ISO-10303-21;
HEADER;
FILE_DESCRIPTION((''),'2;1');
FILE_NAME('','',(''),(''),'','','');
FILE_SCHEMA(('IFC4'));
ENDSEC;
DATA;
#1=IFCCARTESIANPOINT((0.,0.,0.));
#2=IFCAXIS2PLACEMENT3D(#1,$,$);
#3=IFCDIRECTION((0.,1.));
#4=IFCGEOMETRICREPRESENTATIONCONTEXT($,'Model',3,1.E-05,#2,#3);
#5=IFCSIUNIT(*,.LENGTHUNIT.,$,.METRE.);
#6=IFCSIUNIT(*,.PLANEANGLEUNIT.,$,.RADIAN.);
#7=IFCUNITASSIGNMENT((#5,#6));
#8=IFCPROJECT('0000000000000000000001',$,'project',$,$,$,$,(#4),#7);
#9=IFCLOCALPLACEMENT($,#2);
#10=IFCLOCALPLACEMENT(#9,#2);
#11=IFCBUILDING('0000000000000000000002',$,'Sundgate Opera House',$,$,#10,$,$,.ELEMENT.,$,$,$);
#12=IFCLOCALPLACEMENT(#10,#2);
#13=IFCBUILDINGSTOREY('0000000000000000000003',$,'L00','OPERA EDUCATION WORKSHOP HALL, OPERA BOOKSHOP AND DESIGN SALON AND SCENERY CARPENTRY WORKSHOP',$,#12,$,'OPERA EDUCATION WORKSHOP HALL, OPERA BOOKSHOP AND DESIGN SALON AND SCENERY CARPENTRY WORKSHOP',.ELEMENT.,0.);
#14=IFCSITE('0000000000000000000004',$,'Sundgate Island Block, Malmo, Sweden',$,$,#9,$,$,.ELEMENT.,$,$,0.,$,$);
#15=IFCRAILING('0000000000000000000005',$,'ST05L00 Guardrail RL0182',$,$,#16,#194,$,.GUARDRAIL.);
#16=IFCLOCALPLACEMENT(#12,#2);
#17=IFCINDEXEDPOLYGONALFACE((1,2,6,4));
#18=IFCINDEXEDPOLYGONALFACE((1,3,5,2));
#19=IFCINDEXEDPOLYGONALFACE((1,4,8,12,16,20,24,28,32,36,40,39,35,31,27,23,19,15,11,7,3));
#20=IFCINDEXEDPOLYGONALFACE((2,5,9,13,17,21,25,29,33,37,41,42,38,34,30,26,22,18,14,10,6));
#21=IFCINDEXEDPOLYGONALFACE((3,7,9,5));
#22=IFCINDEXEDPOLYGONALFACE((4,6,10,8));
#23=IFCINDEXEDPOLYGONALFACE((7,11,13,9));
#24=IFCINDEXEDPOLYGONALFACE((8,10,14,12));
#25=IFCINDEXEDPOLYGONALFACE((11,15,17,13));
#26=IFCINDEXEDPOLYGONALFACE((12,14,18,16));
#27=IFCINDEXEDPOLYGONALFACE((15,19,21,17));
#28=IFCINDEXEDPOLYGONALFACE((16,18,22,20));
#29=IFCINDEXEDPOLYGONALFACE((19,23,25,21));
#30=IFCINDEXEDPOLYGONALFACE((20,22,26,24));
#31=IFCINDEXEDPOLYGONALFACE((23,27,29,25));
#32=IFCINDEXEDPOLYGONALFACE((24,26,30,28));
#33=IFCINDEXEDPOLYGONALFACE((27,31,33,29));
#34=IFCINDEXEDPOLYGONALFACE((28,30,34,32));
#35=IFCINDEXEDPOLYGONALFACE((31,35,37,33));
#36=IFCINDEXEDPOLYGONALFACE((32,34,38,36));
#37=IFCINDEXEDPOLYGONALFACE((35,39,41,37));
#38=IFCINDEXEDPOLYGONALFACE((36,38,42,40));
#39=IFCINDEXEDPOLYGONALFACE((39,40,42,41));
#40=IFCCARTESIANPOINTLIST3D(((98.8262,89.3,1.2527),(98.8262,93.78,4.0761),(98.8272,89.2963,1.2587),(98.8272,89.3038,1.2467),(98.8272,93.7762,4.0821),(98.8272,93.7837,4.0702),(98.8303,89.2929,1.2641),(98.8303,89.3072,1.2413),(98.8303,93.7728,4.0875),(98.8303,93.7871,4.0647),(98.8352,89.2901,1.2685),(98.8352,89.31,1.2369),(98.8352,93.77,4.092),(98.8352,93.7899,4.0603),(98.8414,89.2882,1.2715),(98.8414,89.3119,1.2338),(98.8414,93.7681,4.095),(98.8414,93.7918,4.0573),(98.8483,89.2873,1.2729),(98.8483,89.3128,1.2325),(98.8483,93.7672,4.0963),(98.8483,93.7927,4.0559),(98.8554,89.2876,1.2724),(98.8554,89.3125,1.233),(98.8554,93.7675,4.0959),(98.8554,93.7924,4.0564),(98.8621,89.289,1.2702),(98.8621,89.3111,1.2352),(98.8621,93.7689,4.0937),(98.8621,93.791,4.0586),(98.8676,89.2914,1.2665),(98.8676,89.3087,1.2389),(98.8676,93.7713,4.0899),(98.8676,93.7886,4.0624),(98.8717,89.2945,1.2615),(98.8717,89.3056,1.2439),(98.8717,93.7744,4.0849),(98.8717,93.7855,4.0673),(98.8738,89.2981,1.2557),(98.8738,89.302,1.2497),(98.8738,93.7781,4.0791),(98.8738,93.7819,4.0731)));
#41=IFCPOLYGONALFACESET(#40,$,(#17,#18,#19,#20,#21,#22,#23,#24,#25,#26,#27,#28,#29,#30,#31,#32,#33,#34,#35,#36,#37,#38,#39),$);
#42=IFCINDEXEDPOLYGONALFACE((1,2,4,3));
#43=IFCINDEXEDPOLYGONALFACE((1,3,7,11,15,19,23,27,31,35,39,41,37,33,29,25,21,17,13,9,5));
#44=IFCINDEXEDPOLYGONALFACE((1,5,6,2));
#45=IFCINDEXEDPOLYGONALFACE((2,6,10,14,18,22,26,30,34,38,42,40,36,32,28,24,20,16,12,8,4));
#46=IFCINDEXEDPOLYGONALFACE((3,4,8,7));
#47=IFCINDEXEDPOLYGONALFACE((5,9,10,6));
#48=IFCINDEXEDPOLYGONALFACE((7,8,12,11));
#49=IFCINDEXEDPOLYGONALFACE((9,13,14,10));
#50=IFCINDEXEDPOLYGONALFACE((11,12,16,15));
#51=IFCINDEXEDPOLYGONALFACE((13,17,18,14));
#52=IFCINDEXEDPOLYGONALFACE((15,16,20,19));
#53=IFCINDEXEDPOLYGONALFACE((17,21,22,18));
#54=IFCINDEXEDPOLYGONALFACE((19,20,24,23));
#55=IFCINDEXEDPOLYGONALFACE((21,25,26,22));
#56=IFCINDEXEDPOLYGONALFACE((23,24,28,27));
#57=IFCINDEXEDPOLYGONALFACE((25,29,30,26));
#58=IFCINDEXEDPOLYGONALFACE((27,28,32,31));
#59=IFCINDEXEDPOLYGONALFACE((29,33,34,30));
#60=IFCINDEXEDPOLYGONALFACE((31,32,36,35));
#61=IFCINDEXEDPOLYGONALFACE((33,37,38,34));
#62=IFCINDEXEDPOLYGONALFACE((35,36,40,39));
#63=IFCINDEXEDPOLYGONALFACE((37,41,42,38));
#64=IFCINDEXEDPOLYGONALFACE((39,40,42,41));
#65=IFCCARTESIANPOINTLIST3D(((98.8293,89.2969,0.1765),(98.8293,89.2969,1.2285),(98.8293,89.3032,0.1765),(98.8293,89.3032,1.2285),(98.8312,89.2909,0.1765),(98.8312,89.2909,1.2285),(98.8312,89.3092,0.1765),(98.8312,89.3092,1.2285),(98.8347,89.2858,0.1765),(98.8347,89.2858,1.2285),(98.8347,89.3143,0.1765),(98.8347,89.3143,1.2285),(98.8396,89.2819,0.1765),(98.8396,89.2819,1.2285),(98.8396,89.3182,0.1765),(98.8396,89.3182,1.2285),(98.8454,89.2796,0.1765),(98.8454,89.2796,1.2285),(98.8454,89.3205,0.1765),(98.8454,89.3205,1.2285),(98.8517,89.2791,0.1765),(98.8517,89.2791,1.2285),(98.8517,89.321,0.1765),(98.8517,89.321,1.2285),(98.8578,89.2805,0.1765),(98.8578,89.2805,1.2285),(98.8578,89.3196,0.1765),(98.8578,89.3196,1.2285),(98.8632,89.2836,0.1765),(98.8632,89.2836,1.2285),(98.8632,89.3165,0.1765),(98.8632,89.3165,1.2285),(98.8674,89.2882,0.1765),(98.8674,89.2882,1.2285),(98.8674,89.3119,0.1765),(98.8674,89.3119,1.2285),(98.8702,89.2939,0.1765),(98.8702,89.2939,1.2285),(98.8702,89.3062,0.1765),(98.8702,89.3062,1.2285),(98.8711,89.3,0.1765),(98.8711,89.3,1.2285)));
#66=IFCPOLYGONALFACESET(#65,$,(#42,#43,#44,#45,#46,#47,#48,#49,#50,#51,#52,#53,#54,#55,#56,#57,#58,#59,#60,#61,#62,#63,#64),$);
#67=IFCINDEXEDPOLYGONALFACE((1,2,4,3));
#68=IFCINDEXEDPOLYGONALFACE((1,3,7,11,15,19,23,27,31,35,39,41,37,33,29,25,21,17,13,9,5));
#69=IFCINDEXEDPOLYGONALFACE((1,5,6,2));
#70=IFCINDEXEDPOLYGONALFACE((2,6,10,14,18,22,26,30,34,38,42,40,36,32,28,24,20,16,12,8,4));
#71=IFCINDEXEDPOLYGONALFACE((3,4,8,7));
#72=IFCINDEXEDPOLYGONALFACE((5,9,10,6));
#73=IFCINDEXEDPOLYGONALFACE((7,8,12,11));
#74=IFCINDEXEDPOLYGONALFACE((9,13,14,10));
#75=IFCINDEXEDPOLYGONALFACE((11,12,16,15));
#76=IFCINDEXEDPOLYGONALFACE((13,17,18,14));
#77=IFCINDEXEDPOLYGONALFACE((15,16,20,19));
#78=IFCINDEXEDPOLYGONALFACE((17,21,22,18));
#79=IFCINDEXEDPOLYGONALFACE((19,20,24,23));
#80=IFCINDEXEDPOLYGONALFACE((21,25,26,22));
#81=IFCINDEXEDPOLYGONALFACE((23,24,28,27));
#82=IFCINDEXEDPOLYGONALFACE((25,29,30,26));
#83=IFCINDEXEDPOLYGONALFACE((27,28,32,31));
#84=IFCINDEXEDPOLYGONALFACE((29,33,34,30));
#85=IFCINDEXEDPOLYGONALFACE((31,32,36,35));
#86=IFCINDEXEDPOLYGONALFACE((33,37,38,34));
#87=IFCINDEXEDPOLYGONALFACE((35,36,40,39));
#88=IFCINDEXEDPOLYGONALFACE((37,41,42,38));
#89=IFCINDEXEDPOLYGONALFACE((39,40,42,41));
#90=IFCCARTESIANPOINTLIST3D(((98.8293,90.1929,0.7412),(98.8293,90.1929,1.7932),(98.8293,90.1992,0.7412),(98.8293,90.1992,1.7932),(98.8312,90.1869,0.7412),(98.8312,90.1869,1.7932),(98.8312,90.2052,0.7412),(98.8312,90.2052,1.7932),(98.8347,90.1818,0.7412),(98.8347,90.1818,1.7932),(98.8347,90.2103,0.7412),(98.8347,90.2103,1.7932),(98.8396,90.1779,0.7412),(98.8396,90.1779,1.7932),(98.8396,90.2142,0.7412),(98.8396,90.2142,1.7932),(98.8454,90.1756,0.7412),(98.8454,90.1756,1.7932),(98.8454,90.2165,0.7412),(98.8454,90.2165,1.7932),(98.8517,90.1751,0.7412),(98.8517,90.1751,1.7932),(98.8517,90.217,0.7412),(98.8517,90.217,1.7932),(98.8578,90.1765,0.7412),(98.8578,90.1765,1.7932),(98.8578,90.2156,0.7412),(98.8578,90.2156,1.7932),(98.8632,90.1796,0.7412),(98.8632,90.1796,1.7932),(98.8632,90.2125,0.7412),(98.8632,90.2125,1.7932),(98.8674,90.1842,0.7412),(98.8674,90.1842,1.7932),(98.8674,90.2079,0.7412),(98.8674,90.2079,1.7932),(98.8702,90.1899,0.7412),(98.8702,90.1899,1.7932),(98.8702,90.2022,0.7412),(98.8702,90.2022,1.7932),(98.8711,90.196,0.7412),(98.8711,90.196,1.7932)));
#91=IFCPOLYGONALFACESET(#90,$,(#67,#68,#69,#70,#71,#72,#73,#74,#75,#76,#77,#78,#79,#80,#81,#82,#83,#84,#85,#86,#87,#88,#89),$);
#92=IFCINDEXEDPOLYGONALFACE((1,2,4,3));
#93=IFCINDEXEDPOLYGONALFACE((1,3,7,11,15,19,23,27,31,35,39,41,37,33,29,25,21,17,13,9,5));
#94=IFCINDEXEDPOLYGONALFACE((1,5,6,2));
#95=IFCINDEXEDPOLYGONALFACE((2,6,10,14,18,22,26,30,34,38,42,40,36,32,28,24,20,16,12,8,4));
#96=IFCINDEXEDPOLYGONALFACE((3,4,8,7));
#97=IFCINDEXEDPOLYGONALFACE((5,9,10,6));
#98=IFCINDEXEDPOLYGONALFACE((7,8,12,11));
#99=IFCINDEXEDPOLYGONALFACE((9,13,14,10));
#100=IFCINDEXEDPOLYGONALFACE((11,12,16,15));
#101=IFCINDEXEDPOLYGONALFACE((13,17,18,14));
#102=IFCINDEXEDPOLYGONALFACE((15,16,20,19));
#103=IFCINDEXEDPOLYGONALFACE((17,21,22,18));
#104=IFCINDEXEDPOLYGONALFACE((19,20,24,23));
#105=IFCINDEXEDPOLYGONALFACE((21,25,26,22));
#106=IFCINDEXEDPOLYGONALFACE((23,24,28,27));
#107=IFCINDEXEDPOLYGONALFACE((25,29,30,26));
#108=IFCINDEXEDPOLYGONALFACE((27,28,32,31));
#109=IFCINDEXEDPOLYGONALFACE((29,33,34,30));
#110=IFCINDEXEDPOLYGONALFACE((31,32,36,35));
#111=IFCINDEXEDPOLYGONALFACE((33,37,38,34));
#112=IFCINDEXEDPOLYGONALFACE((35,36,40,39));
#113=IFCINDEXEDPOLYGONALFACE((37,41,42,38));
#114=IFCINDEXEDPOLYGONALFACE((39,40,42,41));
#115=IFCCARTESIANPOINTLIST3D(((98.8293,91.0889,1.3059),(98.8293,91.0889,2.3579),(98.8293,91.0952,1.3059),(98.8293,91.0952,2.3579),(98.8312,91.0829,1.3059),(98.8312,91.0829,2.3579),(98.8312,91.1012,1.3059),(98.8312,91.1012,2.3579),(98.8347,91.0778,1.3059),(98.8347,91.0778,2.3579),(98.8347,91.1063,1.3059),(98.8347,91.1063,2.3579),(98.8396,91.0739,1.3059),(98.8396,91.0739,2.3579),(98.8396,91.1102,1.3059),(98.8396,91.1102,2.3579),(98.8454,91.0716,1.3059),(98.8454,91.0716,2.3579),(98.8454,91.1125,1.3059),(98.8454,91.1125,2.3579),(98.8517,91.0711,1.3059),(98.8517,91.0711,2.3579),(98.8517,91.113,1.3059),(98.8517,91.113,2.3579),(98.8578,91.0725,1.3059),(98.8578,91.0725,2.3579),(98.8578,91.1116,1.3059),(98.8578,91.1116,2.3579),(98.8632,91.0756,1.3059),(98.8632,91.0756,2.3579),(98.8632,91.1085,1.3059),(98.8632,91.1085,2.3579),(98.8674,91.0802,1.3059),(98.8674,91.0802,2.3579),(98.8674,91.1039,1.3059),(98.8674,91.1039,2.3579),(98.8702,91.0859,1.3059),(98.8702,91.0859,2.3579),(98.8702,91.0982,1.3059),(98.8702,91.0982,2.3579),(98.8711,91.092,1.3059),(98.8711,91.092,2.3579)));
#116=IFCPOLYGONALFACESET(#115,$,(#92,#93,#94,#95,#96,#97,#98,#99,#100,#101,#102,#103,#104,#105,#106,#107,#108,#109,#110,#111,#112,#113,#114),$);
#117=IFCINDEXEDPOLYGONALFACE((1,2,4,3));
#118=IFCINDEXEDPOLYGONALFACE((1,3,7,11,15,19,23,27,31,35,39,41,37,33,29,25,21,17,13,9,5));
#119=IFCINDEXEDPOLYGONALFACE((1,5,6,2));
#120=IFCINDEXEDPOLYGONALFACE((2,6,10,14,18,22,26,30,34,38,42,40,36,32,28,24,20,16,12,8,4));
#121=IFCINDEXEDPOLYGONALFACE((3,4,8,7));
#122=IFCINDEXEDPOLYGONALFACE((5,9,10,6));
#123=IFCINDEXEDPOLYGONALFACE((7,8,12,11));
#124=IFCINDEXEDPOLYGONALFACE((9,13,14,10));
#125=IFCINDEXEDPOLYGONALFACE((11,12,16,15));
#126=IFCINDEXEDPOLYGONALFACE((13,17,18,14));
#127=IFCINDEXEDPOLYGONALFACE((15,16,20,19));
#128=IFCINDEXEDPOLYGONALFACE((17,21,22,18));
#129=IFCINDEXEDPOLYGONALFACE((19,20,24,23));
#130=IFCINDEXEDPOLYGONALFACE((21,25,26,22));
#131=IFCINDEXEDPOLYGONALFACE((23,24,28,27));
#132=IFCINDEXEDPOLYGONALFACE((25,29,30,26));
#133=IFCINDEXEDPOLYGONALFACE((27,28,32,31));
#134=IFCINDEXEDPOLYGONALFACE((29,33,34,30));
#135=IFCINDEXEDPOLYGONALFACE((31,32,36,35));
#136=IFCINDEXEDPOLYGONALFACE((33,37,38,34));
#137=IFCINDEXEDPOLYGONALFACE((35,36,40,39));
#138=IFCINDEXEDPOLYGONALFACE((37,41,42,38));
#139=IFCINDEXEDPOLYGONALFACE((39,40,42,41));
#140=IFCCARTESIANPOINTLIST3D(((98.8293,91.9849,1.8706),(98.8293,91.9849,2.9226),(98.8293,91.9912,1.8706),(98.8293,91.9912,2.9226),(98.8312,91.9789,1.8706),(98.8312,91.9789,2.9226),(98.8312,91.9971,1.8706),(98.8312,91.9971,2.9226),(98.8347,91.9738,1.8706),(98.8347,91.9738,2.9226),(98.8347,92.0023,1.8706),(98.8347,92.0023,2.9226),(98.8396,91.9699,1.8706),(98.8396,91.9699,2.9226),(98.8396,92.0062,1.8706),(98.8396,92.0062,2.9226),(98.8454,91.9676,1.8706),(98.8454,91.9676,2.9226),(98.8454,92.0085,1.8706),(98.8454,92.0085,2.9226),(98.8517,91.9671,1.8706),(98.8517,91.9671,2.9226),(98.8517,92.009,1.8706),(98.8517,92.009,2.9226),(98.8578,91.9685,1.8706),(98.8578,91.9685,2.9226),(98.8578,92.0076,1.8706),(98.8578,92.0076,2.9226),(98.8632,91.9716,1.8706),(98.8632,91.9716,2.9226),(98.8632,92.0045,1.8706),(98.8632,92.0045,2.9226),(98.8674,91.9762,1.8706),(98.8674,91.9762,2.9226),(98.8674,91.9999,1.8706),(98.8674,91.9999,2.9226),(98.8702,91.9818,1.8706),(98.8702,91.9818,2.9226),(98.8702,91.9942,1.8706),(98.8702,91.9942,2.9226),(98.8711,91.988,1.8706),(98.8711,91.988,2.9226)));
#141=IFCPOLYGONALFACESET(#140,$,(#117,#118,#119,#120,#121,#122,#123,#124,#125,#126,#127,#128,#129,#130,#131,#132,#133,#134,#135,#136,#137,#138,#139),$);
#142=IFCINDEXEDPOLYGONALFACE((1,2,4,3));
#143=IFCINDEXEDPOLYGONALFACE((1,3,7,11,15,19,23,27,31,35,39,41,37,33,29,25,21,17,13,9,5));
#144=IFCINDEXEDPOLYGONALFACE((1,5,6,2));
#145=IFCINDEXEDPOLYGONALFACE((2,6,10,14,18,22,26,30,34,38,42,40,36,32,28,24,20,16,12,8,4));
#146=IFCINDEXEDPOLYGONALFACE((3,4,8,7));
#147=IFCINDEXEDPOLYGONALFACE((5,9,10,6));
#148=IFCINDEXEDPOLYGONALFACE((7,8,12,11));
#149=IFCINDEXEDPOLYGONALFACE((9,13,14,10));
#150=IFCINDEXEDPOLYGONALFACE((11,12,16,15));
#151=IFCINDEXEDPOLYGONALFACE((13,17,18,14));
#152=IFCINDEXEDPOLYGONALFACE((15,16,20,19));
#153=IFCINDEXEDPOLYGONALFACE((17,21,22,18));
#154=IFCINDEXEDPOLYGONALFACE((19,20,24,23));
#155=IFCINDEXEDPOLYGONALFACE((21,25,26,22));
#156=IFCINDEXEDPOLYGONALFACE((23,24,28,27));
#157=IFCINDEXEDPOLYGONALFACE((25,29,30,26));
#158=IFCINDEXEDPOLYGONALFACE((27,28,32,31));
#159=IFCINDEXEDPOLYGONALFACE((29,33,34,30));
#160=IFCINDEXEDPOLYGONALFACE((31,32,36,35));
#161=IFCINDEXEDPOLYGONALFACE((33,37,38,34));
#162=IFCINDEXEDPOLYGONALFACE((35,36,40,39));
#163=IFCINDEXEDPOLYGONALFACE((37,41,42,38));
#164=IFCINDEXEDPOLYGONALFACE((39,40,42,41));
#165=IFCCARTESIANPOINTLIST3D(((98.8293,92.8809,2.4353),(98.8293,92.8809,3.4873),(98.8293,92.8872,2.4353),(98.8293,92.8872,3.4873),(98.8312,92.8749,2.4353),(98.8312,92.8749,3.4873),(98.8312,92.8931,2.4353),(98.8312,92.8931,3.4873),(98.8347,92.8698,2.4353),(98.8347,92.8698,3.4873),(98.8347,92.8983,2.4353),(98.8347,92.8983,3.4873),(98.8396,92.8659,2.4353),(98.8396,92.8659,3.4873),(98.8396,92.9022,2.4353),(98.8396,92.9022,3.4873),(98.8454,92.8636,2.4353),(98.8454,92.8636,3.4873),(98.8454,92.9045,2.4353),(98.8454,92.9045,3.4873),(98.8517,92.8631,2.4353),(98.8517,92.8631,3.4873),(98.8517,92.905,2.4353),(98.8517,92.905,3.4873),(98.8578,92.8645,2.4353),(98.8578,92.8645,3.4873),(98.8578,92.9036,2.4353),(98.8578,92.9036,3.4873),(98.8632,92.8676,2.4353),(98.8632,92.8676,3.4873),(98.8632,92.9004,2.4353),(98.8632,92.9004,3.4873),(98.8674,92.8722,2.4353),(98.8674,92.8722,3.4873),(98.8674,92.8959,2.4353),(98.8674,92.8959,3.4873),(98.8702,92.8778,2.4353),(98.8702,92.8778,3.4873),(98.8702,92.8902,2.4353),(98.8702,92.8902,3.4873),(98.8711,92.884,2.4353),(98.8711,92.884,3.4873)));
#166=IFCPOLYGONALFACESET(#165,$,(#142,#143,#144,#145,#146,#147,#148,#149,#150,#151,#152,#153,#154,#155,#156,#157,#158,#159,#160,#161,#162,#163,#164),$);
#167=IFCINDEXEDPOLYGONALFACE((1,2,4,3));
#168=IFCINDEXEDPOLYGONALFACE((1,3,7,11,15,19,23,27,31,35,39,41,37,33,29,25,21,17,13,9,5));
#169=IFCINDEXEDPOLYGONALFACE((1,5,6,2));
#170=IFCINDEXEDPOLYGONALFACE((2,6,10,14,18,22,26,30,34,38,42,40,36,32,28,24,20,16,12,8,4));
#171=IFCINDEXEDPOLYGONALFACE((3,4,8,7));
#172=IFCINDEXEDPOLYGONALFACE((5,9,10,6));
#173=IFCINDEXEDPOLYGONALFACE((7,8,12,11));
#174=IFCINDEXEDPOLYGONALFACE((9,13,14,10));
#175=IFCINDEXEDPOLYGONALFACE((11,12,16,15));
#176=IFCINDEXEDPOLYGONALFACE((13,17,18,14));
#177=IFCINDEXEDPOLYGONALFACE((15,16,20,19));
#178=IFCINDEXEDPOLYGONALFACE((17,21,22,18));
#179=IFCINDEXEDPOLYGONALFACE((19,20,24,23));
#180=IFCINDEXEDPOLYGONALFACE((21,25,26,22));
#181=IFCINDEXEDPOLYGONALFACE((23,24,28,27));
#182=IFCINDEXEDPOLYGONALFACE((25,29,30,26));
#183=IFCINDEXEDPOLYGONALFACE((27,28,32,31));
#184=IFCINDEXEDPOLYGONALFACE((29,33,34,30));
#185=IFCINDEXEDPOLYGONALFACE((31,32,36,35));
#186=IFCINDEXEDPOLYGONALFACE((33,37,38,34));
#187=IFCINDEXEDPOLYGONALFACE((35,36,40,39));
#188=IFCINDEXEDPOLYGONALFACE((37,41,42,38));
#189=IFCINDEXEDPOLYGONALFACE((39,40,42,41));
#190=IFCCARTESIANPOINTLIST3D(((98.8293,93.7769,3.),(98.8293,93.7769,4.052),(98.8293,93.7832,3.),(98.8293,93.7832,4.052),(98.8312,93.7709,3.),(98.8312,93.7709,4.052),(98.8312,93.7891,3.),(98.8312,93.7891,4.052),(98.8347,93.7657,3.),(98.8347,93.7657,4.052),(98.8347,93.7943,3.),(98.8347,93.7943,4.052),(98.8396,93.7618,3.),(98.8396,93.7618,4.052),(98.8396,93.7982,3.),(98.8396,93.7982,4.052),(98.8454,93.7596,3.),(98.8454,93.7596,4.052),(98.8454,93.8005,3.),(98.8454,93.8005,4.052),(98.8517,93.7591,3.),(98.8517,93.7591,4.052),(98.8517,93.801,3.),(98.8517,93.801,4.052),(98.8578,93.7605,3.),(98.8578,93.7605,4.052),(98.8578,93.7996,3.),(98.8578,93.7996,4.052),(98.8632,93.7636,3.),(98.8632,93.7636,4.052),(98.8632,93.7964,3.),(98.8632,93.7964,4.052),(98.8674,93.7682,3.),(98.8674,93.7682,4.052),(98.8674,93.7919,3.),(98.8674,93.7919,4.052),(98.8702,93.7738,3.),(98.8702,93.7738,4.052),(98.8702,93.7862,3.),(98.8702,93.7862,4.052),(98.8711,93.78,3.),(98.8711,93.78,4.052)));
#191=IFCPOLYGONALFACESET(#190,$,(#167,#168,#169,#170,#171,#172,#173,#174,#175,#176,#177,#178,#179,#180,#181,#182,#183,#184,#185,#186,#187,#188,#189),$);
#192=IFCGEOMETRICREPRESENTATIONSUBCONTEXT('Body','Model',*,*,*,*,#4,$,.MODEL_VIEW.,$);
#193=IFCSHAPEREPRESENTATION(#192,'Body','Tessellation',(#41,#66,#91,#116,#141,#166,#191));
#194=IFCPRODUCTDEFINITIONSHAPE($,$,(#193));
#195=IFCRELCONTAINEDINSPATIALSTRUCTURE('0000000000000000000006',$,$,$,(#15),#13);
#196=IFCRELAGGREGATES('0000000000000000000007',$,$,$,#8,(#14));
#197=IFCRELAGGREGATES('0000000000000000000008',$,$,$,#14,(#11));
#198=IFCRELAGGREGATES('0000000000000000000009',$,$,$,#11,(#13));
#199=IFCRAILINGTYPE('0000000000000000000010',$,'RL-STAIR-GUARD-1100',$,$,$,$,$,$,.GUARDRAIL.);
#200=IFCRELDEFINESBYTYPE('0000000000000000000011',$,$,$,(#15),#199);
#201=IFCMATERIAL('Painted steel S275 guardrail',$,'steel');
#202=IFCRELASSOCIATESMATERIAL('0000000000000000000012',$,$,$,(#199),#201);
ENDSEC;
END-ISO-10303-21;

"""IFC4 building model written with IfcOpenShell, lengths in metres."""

from ifc_helpers import new_model, si_unit, direction, frame, origin, origin_2d, place, context, subcontext, project, spatial, circle, extrude, material, type_object, element, save


model = new_model("IFC4")

# Units and contexts
model_context = context("Model", 3, precision=1e-05, world=origin(), true_north=direction((0.0, 1.0)))
body_context = subcontext(model_context, "Body", "Model", "MODEL_VIEW")
ifc_project = project(units=[si_unit("LENGTHUNIT", "METRE"), si_unit("PLANEANGLEUNIT", "RADIAN")], contexts=[model_context])

# Site, building, storey
site_placement = place(None, origin())
site = spatial("IfcSite", under=ifc_project, at=site_placement, Name="Sundgate Island Block, Malmo, Sweden", CompositionType="ELEMENT", RefElevation=0.0)
building_placement = place(site_placement, origin())
building = spatial("IfcBuilding", under=site, at=building_placement, Name="Sundgate Opera House", CompositionType="ELEMENT")
storey_placement = place(building_placement, origin())
storey = spatial("IfcBuildingStorey", under=building, at=storey_placement, Name="L00", Description="OPERA EDUCATION WORKSHOP HALL, OPERA BOOKSHOP AND DESIGN SALON AND SCENERY CARPENTRY WORKSHOP", LongName="OPERA EDUCATION WORKSHOP HALL, OPERA BOOKSHOP AND DESIGN SALON AND SCENERY CARPENTRY WORKSHOP", CompositionType="ELEMENT", Elevation=0.0)

# Railing
ifc_material_1 = material(Name="Painted steel S275 guardrail", Category="steel")
railing_type_1 = type_object("IfcRailingType", Name="RL-STAIR-GUARD-1100", PredefinedType="GUARDRAIL", material=ifc_material_1)
railing_1_placement = place(storey_placement, frame((98.8501, 89.3, 0.1765)))
element("IfcRailing", 1, at=railing_1_placement, inside=storey, type_object=railing_type_1, Name="ST05L00 Guardrail RL0182", PredefinedType="GUARDRAIL", context=body_context, shape_type="SweptSolid", body=[
    extrude(circle(Radius=0.0239, at=origin_2d()), frame((0.0, 0.0, 1.0762), z_axis=(0.0, 0.845998, 0.533186), x_axis=(-1.0, 0.0, 0.0)), (0.0, 0.0, 1.0), 5.2954),
    extrude(circle(Radius=0.021, at=origin_2d()), origin(), (0.0, 0.0, 1.0), 1.052),
    extrude(circle(Radius=0.021, at=origin_2d()), frame((0.0, 0.896, 0.5647)), (0.0, 0.0, 1.0), 1.052),
    extrude(circle(Radius=0.021, at=origin_2d()), frame((0.0, 1.792, 1.1294)), (0.0, 0.0, 1.0), 1.052),
    extrude(circle(Radius=0.021, at=origin_2d()), frame((0.0, 2.688, 1.6941)), (0.0, 0.0, 1.0), 1.052),
    extrude(circle(Radius=0.021, at=origin_2d()), frame((0.0, 3.584, 2.2588)), (0.0, 0.0, 1.0), 1.052),
    extrude(circle(Radius=0.021, at=origin_2d()), frame((0.0, 4.48, 2.8235)), (0.0, 0.0, 1.0), 1.052),
])

save(model, "model.ifc")
